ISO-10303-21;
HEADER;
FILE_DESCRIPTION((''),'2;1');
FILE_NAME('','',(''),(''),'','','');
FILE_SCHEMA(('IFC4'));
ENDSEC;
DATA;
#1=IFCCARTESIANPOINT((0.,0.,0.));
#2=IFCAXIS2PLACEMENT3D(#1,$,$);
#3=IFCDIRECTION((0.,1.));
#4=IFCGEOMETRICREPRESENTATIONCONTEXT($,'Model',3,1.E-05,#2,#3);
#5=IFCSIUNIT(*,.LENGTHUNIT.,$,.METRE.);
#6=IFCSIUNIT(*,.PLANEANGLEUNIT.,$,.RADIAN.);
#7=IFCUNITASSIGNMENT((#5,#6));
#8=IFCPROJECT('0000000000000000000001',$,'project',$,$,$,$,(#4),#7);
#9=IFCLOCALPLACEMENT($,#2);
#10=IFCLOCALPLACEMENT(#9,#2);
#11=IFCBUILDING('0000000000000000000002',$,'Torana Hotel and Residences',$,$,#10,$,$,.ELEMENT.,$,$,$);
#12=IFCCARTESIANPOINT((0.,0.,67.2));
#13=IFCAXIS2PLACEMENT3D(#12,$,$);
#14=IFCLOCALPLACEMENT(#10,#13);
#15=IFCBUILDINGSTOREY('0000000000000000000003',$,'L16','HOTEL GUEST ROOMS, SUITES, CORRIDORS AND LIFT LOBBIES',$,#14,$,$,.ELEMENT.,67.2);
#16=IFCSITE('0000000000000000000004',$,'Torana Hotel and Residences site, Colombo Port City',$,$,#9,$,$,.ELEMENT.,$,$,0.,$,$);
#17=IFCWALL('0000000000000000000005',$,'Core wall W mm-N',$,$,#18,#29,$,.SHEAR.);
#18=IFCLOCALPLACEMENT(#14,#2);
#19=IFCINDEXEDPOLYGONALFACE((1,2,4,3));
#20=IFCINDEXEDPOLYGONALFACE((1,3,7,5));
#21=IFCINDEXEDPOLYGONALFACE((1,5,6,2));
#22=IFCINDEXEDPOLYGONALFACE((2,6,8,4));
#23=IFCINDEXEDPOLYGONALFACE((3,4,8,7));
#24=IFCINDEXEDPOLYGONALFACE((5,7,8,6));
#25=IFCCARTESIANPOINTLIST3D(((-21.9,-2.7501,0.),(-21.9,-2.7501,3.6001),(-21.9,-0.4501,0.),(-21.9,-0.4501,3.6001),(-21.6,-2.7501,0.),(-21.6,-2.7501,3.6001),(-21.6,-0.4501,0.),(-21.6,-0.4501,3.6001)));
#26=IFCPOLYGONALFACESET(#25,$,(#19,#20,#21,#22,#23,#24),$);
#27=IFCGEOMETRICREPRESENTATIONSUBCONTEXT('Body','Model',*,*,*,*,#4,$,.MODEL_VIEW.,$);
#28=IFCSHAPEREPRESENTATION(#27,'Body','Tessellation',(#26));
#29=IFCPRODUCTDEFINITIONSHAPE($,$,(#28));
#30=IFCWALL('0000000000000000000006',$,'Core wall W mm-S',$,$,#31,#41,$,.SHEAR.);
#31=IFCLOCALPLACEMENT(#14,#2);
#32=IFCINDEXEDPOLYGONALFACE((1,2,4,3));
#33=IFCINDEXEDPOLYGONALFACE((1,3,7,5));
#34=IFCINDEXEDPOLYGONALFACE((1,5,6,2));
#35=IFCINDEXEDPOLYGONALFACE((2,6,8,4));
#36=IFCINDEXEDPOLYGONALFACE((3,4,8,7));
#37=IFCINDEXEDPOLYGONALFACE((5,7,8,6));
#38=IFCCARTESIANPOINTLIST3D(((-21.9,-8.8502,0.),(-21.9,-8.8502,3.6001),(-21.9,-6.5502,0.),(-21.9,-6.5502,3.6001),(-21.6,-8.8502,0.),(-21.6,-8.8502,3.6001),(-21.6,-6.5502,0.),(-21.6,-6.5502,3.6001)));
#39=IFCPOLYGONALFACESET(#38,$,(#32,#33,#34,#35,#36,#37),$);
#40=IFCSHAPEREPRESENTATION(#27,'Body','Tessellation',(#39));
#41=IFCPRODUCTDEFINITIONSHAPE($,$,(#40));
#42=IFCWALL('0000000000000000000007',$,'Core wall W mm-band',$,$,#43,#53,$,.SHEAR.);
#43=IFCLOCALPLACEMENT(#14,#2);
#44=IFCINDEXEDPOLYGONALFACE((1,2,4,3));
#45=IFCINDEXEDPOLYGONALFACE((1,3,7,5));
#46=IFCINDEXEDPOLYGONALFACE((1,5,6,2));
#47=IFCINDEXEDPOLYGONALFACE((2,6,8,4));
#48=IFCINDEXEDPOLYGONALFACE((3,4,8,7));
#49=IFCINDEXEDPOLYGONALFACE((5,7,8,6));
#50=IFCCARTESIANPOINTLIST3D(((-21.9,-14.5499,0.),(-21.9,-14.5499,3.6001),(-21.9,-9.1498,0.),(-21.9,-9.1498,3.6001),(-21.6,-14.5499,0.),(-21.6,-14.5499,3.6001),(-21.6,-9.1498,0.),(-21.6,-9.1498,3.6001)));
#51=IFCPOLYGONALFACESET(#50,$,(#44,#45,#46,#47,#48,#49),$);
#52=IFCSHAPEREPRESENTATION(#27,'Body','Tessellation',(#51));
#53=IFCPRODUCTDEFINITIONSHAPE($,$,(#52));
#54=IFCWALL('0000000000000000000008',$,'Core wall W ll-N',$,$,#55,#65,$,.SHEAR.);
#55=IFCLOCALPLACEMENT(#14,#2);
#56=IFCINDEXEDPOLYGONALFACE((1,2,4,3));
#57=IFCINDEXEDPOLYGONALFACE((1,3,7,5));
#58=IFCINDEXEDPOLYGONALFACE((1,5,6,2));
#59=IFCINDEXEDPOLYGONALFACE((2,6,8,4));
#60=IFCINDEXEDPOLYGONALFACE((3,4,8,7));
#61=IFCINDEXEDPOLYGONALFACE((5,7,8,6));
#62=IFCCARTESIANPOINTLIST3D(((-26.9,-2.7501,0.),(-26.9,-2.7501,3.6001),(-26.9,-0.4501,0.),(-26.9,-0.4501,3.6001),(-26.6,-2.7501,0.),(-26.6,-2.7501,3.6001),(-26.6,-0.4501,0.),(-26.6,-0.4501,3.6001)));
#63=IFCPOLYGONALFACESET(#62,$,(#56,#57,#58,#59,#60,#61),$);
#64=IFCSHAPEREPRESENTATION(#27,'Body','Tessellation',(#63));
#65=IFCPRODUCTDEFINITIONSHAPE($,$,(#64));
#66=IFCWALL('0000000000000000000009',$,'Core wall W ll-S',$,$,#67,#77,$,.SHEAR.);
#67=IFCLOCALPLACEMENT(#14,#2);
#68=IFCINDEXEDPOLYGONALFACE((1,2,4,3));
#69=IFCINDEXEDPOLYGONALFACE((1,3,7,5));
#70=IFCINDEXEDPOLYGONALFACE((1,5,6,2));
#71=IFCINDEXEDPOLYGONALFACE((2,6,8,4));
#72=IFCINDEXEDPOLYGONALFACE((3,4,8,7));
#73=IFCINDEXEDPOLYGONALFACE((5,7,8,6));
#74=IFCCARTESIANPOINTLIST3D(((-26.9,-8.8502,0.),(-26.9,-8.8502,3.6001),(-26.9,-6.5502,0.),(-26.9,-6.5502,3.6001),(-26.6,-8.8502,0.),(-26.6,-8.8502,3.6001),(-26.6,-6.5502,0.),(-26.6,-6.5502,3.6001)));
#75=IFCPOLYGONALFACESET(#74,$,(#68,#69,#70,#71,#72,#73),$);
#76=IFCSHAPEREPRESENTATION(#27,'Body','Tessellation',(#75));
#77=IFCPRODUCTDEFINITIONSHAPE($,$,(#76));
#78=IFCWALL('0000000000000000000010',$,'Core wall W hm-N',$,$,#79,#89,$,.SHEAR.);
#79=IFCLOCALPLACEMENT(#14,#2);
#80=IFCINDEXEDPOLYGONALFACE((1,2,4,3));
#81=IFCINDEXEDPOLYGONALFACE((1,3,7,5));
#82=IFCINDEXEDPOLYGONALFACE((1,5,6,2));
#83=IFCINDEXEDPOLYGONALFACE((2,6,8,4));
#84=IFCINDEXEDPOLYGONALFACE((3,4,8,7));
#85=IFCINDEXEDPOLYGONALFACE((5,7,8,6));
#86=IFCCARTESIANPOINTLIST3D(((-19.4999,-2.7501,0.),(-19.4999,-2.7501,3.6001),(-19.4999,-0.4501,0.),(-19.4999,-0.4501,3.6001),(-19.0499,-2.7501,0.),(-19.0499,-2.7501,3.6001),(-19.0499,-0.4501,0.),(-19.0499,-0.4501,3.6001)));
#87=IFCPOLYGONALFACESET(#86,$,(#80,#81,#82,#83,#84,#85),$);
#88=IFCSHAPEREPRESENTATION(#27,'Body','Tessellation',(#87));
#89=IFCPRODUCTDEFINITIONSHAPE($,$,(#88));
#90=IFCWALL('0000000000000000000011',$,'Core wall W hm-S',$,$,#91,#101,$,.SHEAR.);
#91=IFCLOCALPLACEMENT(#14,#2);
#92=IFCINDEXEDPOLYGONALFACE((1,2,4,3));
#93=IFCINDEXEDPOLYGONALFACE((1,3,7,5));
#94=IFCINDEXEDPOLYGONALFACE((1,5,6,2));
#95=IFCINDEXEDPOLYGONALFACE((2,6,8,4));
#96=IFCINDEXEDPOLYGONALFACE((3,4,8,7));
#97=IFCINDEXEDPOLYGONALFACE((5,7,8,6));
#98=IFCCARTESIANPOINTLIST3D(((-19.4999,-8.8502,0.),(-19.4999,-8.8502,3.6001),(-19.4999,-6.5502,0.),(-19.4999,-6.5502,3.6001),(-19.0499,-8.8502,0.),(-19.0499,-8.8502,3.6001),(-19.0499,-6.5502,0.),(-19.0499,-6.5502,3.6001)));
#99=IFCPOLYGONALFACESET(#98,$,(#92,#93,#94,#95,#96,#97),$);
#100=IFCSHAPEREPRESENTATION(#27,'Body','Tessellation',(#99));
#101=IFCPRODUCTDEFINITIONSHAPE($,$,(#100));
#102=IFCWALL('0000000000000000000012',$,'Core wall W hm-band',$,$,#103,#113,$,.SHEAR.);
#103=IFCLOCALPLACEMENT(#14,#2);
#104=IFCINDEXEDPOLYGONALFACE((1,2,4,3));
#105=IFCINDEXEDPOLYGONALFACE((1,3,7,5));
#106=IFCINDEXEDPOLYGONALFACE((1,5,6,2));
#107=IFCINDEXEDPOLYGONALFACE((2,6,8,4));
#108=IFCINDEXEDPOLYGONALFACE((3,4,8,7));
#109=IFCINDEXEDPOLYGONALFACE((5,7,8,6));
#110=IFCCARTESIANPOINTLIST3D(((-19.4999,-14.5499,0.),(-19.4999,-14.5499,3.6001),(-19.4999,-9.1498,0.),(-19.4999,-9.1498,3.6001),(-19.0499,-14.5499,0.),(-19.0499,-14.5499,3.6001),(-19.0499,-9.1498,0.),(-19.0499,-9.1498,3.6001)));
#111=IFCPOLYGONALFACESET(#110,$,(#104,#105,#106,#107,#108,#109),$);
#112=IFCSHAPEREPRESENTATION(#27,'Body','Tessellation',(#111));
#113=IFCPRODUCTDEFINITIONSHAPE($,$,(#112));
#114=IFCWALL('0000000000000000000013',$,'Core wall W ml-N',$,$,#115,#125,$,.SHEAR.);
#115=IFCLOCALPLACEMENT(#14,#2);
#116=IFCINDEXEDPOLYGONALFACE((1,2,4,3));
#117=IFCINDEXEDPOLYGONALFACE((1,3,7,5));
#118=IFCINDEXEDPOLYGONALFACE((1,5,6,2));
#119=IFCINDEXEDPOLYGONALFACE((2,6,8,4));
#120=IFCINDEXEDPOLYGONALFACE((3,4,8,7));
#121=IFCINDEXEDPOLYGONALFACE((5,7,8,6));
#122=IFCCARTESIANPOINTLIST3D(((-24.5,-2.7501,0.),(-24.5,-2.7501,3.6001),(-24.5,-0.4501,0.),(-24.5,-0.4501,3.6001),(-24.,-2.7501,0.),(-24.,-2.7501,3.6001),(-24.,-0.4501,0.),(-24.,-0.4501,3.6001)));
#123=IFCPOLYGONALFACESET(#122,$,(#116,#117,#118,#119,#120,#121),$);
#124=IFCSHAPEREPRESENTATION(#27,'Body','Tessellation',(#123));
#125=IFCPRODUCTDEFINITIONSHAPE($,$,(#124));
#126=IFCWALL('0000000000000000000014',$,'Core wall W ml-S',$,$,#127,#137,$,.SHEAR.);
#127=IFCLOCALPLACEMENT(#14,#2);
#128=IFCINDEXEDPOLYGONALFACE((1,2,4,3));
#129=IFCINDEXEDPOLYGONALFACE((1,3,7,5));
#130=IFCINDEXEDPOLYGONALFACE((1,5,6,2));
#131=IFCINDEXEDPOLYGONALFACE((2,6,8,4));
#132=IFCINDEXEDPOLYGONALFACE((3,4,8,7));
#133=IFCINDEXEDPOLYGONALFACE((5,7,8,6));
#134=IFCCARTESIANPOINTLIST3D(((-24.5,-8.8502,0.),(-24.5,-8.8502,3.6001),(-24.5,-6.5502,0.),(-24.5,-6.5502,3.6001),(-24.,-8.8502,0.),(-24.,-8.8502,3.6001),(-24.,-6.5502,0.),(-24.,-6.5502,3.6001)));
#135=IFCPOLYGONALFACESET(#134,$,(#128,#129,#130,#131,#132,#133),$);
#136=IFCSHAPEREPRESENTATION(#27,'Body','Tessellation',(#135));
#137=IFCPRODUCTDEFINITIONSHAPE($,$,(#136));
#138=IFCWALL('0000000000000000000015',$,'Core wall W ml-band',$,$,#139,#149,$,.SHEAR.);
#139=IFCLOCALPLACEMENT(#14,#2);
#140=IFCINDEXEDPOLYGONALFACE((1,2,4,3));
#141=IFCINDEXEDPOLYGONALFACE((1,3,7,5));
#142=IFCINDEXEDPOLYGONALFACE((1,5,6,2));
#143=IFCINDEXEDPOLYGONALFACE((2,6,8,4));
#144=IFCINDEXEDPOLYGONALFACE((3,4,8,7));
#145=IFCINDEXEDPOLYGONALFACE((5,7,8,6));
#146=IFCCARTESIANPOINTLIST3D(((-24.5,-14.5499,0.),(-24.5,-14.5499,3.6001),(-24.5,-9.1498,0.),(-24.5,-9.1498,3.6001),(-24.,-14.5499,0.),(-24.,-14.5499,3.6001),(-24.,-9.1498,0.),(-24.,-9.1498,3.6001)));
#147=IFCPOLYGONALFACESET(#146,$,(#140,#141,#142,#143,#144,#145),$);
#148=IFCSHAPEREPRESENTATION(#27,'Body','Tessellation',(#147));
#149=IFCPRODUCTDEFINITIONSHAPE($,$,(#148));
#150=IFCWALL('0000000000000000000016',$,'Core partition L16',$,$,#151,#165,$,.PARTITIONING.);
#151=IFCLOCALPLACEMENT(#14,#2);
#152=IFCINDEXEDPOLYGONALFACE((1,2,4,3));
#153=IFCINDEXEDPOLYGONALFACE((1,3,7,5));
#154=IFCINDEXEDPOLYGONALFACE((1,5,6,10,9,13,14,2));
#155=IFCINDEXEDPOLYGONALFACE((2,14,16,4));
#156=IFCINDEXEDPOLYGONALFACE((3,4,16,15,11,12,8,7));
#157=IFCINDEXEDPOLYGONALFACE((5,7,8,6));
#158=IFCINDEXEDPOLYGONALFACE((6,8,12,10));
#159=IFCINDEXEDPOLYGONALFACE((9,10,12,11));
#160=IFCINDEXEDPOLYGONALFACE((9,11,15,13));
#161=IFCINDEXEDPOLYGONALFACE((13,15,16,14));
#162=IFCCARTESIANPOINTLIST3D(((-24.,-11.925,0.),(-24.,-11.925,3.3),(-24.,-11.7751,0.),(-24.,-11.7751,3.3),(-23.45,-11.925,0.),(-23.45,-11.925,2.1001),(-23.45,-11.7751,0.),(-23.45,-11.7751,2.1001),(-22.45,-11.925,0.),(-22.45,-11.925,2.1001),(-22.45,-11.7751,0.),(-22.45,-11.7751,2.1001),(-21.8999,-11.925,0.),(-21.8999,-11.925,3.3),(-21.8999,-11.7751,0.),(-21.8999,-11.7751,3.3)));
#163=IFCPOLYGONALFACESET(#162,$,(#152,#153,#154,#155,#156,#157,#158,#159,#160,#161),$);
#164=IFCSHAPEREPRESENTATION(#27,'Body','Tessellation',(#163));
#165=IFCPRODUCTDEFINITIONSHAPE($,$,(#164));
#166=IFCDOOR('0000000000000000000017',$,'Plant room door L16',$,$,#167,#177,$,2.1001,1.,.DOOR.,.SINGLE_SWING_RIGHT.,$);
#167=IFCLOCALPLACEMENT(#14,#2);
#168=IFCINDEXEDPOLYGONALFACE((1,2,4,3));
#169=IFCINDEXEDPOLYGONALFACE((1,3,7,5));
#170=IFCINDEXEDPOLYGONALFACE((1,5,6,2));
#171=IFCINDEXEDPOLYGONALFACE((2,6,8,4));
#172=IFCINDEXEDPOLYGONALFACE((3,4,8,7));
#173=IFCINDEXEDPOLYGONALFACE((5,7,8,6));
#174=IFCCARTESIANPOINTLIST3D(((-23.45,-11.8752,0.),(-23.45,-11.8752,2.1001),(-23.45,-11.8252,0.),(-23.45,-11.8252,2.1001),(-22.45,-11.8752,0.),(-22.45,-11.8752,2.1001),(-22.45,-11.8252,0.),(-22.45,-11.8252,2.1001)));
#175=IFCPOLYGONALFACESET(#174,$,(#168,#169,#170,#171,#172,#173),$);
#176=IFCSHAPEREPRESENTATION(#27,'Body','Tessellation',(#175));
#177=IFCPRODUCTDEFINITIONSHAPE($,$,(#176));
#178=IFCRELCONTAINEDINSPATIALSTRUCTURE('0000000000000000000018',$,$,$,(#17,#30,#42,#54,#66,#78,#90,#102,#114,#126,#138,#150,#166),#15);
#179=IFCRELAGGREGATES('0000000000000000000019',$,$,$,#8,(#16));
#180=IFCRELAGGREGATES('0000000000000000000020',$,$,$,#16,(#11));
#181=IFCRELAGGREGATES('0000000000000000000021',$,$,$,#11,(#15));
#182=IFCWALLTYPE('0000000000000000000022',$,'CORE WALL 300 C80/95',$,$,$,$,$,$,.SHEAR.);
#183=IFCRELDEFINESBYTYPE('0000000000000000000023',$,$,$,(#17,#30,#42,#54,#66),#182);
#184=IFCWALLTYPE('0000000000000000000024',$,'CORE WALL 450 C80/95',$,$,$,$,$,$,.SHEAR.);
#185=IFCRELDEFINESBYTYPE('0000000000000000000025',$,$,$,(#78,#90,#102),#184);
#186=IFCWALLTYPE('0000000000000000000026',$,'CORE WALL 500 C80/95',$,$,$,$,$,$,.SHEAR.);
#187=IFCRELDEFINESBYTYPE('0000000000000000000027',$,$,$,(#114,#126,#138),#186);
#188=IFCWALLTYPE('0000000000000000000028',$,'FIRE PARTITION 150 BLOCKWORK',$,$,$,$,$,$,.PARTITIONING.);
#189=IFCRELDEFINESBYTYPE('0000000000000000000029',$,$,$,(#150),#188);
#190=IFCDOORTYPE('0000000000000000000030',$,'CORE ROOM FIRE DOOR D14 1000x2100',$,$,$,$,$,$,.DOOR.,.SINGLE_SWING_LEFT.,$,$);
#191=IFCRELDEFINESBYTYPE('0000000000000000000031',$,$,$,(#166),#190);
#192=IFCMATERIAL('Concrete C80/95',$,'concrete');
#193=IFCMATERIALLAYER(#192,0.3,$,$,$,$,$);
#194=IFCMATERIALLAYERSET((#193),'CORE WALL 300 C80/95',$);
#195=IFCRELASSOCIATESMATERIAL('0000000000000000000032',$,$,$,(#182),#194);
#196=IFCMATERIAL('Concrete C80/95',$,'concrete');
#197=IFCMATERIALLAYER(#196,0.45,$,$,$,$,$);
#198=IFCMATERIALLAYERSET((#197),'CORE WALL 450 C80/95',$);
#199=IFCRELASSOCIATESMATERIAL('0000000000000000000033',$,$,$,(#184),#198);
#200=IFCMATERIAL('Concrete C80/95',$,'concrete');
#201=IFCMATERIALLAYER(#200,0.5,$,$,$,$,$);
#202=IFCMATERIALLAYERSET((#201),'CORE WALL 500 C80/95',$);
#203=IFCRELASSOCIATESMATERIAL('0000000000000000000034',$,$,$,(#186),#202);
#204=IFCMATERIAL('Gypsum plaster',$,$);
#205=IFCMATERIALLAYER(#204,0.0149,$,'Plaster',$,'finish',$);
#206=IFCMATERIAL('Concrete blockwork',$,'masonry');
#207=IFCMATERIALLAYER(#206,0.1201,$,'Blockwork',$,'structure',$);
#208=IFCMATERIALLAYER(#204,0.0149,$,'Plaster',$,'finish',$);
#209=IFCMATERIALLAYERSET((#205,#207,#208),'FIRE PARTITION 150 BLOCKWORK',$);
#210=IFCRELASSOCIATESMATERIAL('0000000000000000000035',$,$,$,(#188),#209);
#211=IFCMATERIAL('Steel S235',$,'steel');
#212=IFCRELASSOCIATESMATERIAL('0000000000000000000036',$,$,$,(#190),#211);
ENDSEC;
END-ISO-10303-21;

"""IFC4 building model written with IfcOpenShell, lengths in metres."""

from ifc_helpers import new_model, si_unit, direction, frame, frame_2d, origin, place, context, subcontext, project, spatial, rectangle, extrude, material, layer, layer_set, type_object, element, fill, save


model = new_model("IFC4")

# Units and contexts
model_context = context("Model", 3, precision=1e-05, world=origin(), true_north=direction((0.0, 1.0)))
body_context = subcontext(model_context, "Body", "Model", "MODEL_VIEW")
ifc_project = project(units=[si_unit("LENGTHUNIT", "METRE"), si_unit("PLANEANGLEUNIT", "RADIAN")], contexts=[model_context])

# Site, building, storey
site_placement = place(None, origin())
site = spatial("IfcSite", under=ifc_project, at=site_placement, Name="Torana Hotel and Residences site, Colombo Port City", CompositionType="ELEMENT", RefElevation=0.0)
building_placement = place(site_placement, origin())
building = spatial("IfcBuilding", under=site, at=building_placement, Name="Torana Hotel and Residences", CompositionType="ELEMENT")
storey_placement = place(building_placement, frame((0.0, 0.0, 67.2)))
storey = spatial("IfcBuildingStorey", under=building, at=storey_placement, Name="L16", Description="HOTEL GUEST ROOMS, SUITES, CORRIDORS AND LIFT LOBBIES", CompositionType="ELEMENT", Elevation=67.2)

# Walls
ifc_material_1 = material(Name="Concrete C80/95", Category="concrete")
ifc_layer_1 = layer(ifc_material_1, 0.3)
ifc_layer_set_1 = layer_set([ifc_layer_1], Name="CORE WALL 300 C80/95")
wall_type_1 = type_object("IfcWallType", Name="CORE WALL 300 C80/95", PredefinedType="SHEAR", material=ifc_layer_set_1)
for number, where, z_axis, x_axis, name in (
    (1, (-21.75, -2.75, 0.0), (0.0, 0.0, 1.0), (0.0, 1.0, 0.0), "Core wall W mm-N"),
    (2, (-21.75, -8.8501, 0.0), (0.0, 0.0, 1.0), (0.0, 1.0, 0.0), "Core wall W mm-S"),
):
    element("IfcWall", number, at=place(storey_placement, frame(where, z_axis=z_axis, x_axis=x_axis)), inside=storey, type_object=wall_type_1, Name=name, PredefinedType="SHEAR", context=body_context, shape_type="SweptSolid", body=[
        extrude(rectangle(XDim=2.3, YDim=0.3, at=frame_2d((1.1499, 0.0))), origin(), (0.0, 0.0, 1.0), 3.6001),
    ])
wall_1_placement = place(storey_placement, frame((-21.75, -14.55, 0.0), z_axis=(0.0, 0.0, 1.0), x_axis=(0.0, 1.0, 0.0)))
element("IfcWall", 3, at=wall_1_placement, inside=storey, type_object=wall_type_1, Name="Core wall W mm-band", PredefinedType="SHEAR", context=body_context, shape_type="SweptSolid", body=[
    extrude(rectangle(XDim=5.4001, YDim=0.3, at=frame_2d((2.7002, 0.0))), origin(), (0.0, 0.0, 1.0), 3.6001),
])
for number, where, z_axis, x_axis, name in (
    (4, (-26.75, -2.75, 0.0), (0.0, 0.0, 1.0), (0.0, 1.0, 0.0), "Core wall W ll-N"),
    (5, (-26.75, -8.8501, 0.0), (0.0, 0.0, 1.0), (0.0, 1.0, 0.0), "Core wall W ll-S"),
):
    element("IfcWall", number, at=place(storey_placement, frame(where, z_axis=z_axis, x_axis=x_axis)), inside=storey, type_object=wall_type_1, Name=name, PredefinedType="SHEAR", context=body_context, shape_type="SweptSolid", body=[
        extrude(rectangle(XDim=2.3, YDim=0.3, at=frame_2d((1.1499, 0.0))), origin(), (0.0, 0.0, 1.0), 3.6001),
    ])
ifc_material_2 = material(Name="Concrete C80/95", Category="concrete")
ifc_layer_2 = layer(ifc_material_2, 0.45)
ifc_layer_set_2 = layer_set([ifc_layer_2], Name="CORE WALL 450 C80/95")
wall_type_2 = type_object("IfcWallType", Name="CORE WALL 450 C80/95", PredefinedType="SHEAR", material=ifc_layer_set_2)
for number, where, z_axis, x_axis, name in (
    (6, (-19.2749, -2.75, 0.0), (0.0, 0.0, 1.0), (0.0, 1.0, 0.0), "Core wall W hm-N"),
    (7, (-19.2749, -8.8501, 0.0), (0.0, 0.0, 1.0), (0.0, 1.0, 0.0), "Core wall W hm-S"),
):
    element("IfcWall", number, at=place(storey_placement, frame(where, z_axis=z_axis, x_axis=x_axis)), inside=storey, type_object=wall_type_2, Name=name, PredefinedType="SHEAR", context=body_context, shape_type="SweptSolid", body=[
        extrude(rectangle(XDim=2.3, YDim=0.45, at=frame_2d((1.1499, 0.0))), origin(), (0.0, 0.0, 1.0), 3.6001),
    ])
wall_2_placement = place(storey_placement, frame((-19.2749, -14.55, 0.0), z_axis=(0.0, 0.0, 1.0), x_axis=(0.0, 1.0, 0.0)))
element("IfcWall", 8, at=wall_2_placement, inside=storey, type_object=wall_type_2, Name="Core wall W hm-band", PredefinedType="SHEAR", context=body_context, shape_type="SweptSolid", body=[
    extrude(rectangle(XDim=5.4001, YDim=0.45, at=frame_2d((2.7002, 0.0))), origin(), (0.0, 0.0, 1.0), 3.6001),
])
ifc_material_3 = material(Name="Concrete C80/95", Category="concrete")
ifc_layer_3 = layer(ifc_material_3, 0.5)
ifc_layer_set_3 = layer_set([ifc_layer_3], Name="CORE WALL 500 C80/95")
wall_type_3 = type_object("IfcWallType", Name="CORE WALL 500 C80/95", PredefinedType="SHEAR", material=ifc_layer_set_3)
for number, where, z_axis, x_axis, name in (
    (9, (-24.25, -2.75, 0.0), (0.0, 0.0, 1.0), (0.0, 1.0, 0.0), "Core wall W ml-N"),
    (10, (-24.25, -8.8501, 0.0), (0.0, 0.0, 1.0), (0.0, 1.0, 0.0), "Core wall W ml-S"),
):
    element("IfcWall", number, at=place(storey_placement, frame(where, z_axis=z_axis, x_axis=x_axis)), inside=storey, type_object=wall_type_3, Name=name, PredefinedType="SHEAR", context=body_context, shape_type="SweptSolid", body=[
        extrude(rectangle(XDim=2.3, YDim=0.5, at=frame_2d((1.1499, 0.0))), origin(), (0.0, 0.0, 1.0), 3.6001),
    ])
wall_3_placement = place(storey_placement, frame((-24.25, -14.55, 0.0), z_axis=(0.0, 0.0, 1.0), x_axis=(0.0, 1.0, 0.0)))
element("IfcWall", 11, at=wall_3_placement, inside=storey, type_object=wall_type_3, Name="Core wall W ml-band", PredefinedType="SHEAR", context=body_context, shape_type="SweptSolid", body=[
    extrude(rectangle(XDim=5.4001, YDim=0.5, at=frame_2d((2.7002, 0.0))), origin(), (0.0, 0.0, 1.0), 3.6001),
])

# Wall, opening, door
ifc_material_4 = material(Name="Gypsum plaster")
ifc_layer_4 = layer(ifc_material_4, 0.0149, Name="Plaster", Category="finish")
ifc_material_5 = material(Name="Concrete blockwork", Category="masonry")
ifc_layer_5 = layer(ifc_material_5, 0.1201, Name="Blockwork", Category="structure")
ifc_layer_6 = layer(ifc_material_4, 0.0149, Name="Plaster", Category="finish")
ifc_layer_set_4 = layer_set([ifc_layer_4, ifc_layer_5, ifc_layer_6], Name="FIRE PARTITION 150 BLOCKWORK")
wall_type_4 = type_object("IfcWallType", Name="FIRE PARTITION 150 BLOCKWORK", PredefinedType="PARTITIONING", material=ifc_layer_set_4)
wall_4_placement = place(storey_placement, frame((-24.0, -11.8501, 0.0), z_axis=(0.0, 0.0, 1.0), x_axis=(1.0, 0.0, 0.0)))
wall_4 = element("IfcWall", 12, at=wall_4_placement, inside=storey, type_object=wall_type_4, Name="Core partition L16", PredefinedType="PARTITIONING", context=body_context, shape_type="SweptSolid", body=[
    extrude(rectangle(XDim=2.1001, YDim=0.1499, at=frame_2d((1.05, 0.0))), origin(), (0.0, 0.0, 1.0), 3.3),
])
opening_placement = place(wall_4_placement, frame((0.55, 0.0, 0.0)))
opening = element("IfcOpeningElement", 13, at=opening_placement, cuts=wall_4, PredefinedType="OPENING", context=body_context, shape_type="SweptSolid", body=[
    extrude(rectangle(XDim=1.0, YDim=2.1001, at=frame_2d((0.5, 1.05))), frame((0.0, 0.085, 0.0), z_axis=(0.0, -1.0, 0.0), x_axis=(1.0, 0.0, 0.0)), (0.0, 0.0, 1.0), 0.1699),
])
ifc_material_6 = material(Name="Steel S235", Category="steel")
door_type = type_object("IfcDoorType", Name="CORE ROOM FIRE DOOR D14 1000x2100", OperationType="SINGLE_SWING_LEFT", PredefinedType="DOOR", material=ifc_material_6)
door_placement = place(opening_placement, origin())
door = element("IfcDoor", 14, at=door_placement, inside=storey, type_object=door_type, Name="Plant room door L16", OperationType="SINGLE_SWING_RIGHT", OverallHeight=2.1001, OverallWidth=1.0, PredefinedType="DOOR", context=body_context, shape_type="SweptSolid", body=[
    extrude(rectangle(XDim=1.0, YDim=2.1001, at=frame_2d((0.5, 1.05))), frame((0.0, 0.0249, 0.0), z_axis=(0.0, -1.0, 0.0), x_axis=(1.0, 0.0, 0.0)), (0.0, 0.0, 1.0), 0.05),
])
fill(opening, door)

save(model, "model.ifc")
